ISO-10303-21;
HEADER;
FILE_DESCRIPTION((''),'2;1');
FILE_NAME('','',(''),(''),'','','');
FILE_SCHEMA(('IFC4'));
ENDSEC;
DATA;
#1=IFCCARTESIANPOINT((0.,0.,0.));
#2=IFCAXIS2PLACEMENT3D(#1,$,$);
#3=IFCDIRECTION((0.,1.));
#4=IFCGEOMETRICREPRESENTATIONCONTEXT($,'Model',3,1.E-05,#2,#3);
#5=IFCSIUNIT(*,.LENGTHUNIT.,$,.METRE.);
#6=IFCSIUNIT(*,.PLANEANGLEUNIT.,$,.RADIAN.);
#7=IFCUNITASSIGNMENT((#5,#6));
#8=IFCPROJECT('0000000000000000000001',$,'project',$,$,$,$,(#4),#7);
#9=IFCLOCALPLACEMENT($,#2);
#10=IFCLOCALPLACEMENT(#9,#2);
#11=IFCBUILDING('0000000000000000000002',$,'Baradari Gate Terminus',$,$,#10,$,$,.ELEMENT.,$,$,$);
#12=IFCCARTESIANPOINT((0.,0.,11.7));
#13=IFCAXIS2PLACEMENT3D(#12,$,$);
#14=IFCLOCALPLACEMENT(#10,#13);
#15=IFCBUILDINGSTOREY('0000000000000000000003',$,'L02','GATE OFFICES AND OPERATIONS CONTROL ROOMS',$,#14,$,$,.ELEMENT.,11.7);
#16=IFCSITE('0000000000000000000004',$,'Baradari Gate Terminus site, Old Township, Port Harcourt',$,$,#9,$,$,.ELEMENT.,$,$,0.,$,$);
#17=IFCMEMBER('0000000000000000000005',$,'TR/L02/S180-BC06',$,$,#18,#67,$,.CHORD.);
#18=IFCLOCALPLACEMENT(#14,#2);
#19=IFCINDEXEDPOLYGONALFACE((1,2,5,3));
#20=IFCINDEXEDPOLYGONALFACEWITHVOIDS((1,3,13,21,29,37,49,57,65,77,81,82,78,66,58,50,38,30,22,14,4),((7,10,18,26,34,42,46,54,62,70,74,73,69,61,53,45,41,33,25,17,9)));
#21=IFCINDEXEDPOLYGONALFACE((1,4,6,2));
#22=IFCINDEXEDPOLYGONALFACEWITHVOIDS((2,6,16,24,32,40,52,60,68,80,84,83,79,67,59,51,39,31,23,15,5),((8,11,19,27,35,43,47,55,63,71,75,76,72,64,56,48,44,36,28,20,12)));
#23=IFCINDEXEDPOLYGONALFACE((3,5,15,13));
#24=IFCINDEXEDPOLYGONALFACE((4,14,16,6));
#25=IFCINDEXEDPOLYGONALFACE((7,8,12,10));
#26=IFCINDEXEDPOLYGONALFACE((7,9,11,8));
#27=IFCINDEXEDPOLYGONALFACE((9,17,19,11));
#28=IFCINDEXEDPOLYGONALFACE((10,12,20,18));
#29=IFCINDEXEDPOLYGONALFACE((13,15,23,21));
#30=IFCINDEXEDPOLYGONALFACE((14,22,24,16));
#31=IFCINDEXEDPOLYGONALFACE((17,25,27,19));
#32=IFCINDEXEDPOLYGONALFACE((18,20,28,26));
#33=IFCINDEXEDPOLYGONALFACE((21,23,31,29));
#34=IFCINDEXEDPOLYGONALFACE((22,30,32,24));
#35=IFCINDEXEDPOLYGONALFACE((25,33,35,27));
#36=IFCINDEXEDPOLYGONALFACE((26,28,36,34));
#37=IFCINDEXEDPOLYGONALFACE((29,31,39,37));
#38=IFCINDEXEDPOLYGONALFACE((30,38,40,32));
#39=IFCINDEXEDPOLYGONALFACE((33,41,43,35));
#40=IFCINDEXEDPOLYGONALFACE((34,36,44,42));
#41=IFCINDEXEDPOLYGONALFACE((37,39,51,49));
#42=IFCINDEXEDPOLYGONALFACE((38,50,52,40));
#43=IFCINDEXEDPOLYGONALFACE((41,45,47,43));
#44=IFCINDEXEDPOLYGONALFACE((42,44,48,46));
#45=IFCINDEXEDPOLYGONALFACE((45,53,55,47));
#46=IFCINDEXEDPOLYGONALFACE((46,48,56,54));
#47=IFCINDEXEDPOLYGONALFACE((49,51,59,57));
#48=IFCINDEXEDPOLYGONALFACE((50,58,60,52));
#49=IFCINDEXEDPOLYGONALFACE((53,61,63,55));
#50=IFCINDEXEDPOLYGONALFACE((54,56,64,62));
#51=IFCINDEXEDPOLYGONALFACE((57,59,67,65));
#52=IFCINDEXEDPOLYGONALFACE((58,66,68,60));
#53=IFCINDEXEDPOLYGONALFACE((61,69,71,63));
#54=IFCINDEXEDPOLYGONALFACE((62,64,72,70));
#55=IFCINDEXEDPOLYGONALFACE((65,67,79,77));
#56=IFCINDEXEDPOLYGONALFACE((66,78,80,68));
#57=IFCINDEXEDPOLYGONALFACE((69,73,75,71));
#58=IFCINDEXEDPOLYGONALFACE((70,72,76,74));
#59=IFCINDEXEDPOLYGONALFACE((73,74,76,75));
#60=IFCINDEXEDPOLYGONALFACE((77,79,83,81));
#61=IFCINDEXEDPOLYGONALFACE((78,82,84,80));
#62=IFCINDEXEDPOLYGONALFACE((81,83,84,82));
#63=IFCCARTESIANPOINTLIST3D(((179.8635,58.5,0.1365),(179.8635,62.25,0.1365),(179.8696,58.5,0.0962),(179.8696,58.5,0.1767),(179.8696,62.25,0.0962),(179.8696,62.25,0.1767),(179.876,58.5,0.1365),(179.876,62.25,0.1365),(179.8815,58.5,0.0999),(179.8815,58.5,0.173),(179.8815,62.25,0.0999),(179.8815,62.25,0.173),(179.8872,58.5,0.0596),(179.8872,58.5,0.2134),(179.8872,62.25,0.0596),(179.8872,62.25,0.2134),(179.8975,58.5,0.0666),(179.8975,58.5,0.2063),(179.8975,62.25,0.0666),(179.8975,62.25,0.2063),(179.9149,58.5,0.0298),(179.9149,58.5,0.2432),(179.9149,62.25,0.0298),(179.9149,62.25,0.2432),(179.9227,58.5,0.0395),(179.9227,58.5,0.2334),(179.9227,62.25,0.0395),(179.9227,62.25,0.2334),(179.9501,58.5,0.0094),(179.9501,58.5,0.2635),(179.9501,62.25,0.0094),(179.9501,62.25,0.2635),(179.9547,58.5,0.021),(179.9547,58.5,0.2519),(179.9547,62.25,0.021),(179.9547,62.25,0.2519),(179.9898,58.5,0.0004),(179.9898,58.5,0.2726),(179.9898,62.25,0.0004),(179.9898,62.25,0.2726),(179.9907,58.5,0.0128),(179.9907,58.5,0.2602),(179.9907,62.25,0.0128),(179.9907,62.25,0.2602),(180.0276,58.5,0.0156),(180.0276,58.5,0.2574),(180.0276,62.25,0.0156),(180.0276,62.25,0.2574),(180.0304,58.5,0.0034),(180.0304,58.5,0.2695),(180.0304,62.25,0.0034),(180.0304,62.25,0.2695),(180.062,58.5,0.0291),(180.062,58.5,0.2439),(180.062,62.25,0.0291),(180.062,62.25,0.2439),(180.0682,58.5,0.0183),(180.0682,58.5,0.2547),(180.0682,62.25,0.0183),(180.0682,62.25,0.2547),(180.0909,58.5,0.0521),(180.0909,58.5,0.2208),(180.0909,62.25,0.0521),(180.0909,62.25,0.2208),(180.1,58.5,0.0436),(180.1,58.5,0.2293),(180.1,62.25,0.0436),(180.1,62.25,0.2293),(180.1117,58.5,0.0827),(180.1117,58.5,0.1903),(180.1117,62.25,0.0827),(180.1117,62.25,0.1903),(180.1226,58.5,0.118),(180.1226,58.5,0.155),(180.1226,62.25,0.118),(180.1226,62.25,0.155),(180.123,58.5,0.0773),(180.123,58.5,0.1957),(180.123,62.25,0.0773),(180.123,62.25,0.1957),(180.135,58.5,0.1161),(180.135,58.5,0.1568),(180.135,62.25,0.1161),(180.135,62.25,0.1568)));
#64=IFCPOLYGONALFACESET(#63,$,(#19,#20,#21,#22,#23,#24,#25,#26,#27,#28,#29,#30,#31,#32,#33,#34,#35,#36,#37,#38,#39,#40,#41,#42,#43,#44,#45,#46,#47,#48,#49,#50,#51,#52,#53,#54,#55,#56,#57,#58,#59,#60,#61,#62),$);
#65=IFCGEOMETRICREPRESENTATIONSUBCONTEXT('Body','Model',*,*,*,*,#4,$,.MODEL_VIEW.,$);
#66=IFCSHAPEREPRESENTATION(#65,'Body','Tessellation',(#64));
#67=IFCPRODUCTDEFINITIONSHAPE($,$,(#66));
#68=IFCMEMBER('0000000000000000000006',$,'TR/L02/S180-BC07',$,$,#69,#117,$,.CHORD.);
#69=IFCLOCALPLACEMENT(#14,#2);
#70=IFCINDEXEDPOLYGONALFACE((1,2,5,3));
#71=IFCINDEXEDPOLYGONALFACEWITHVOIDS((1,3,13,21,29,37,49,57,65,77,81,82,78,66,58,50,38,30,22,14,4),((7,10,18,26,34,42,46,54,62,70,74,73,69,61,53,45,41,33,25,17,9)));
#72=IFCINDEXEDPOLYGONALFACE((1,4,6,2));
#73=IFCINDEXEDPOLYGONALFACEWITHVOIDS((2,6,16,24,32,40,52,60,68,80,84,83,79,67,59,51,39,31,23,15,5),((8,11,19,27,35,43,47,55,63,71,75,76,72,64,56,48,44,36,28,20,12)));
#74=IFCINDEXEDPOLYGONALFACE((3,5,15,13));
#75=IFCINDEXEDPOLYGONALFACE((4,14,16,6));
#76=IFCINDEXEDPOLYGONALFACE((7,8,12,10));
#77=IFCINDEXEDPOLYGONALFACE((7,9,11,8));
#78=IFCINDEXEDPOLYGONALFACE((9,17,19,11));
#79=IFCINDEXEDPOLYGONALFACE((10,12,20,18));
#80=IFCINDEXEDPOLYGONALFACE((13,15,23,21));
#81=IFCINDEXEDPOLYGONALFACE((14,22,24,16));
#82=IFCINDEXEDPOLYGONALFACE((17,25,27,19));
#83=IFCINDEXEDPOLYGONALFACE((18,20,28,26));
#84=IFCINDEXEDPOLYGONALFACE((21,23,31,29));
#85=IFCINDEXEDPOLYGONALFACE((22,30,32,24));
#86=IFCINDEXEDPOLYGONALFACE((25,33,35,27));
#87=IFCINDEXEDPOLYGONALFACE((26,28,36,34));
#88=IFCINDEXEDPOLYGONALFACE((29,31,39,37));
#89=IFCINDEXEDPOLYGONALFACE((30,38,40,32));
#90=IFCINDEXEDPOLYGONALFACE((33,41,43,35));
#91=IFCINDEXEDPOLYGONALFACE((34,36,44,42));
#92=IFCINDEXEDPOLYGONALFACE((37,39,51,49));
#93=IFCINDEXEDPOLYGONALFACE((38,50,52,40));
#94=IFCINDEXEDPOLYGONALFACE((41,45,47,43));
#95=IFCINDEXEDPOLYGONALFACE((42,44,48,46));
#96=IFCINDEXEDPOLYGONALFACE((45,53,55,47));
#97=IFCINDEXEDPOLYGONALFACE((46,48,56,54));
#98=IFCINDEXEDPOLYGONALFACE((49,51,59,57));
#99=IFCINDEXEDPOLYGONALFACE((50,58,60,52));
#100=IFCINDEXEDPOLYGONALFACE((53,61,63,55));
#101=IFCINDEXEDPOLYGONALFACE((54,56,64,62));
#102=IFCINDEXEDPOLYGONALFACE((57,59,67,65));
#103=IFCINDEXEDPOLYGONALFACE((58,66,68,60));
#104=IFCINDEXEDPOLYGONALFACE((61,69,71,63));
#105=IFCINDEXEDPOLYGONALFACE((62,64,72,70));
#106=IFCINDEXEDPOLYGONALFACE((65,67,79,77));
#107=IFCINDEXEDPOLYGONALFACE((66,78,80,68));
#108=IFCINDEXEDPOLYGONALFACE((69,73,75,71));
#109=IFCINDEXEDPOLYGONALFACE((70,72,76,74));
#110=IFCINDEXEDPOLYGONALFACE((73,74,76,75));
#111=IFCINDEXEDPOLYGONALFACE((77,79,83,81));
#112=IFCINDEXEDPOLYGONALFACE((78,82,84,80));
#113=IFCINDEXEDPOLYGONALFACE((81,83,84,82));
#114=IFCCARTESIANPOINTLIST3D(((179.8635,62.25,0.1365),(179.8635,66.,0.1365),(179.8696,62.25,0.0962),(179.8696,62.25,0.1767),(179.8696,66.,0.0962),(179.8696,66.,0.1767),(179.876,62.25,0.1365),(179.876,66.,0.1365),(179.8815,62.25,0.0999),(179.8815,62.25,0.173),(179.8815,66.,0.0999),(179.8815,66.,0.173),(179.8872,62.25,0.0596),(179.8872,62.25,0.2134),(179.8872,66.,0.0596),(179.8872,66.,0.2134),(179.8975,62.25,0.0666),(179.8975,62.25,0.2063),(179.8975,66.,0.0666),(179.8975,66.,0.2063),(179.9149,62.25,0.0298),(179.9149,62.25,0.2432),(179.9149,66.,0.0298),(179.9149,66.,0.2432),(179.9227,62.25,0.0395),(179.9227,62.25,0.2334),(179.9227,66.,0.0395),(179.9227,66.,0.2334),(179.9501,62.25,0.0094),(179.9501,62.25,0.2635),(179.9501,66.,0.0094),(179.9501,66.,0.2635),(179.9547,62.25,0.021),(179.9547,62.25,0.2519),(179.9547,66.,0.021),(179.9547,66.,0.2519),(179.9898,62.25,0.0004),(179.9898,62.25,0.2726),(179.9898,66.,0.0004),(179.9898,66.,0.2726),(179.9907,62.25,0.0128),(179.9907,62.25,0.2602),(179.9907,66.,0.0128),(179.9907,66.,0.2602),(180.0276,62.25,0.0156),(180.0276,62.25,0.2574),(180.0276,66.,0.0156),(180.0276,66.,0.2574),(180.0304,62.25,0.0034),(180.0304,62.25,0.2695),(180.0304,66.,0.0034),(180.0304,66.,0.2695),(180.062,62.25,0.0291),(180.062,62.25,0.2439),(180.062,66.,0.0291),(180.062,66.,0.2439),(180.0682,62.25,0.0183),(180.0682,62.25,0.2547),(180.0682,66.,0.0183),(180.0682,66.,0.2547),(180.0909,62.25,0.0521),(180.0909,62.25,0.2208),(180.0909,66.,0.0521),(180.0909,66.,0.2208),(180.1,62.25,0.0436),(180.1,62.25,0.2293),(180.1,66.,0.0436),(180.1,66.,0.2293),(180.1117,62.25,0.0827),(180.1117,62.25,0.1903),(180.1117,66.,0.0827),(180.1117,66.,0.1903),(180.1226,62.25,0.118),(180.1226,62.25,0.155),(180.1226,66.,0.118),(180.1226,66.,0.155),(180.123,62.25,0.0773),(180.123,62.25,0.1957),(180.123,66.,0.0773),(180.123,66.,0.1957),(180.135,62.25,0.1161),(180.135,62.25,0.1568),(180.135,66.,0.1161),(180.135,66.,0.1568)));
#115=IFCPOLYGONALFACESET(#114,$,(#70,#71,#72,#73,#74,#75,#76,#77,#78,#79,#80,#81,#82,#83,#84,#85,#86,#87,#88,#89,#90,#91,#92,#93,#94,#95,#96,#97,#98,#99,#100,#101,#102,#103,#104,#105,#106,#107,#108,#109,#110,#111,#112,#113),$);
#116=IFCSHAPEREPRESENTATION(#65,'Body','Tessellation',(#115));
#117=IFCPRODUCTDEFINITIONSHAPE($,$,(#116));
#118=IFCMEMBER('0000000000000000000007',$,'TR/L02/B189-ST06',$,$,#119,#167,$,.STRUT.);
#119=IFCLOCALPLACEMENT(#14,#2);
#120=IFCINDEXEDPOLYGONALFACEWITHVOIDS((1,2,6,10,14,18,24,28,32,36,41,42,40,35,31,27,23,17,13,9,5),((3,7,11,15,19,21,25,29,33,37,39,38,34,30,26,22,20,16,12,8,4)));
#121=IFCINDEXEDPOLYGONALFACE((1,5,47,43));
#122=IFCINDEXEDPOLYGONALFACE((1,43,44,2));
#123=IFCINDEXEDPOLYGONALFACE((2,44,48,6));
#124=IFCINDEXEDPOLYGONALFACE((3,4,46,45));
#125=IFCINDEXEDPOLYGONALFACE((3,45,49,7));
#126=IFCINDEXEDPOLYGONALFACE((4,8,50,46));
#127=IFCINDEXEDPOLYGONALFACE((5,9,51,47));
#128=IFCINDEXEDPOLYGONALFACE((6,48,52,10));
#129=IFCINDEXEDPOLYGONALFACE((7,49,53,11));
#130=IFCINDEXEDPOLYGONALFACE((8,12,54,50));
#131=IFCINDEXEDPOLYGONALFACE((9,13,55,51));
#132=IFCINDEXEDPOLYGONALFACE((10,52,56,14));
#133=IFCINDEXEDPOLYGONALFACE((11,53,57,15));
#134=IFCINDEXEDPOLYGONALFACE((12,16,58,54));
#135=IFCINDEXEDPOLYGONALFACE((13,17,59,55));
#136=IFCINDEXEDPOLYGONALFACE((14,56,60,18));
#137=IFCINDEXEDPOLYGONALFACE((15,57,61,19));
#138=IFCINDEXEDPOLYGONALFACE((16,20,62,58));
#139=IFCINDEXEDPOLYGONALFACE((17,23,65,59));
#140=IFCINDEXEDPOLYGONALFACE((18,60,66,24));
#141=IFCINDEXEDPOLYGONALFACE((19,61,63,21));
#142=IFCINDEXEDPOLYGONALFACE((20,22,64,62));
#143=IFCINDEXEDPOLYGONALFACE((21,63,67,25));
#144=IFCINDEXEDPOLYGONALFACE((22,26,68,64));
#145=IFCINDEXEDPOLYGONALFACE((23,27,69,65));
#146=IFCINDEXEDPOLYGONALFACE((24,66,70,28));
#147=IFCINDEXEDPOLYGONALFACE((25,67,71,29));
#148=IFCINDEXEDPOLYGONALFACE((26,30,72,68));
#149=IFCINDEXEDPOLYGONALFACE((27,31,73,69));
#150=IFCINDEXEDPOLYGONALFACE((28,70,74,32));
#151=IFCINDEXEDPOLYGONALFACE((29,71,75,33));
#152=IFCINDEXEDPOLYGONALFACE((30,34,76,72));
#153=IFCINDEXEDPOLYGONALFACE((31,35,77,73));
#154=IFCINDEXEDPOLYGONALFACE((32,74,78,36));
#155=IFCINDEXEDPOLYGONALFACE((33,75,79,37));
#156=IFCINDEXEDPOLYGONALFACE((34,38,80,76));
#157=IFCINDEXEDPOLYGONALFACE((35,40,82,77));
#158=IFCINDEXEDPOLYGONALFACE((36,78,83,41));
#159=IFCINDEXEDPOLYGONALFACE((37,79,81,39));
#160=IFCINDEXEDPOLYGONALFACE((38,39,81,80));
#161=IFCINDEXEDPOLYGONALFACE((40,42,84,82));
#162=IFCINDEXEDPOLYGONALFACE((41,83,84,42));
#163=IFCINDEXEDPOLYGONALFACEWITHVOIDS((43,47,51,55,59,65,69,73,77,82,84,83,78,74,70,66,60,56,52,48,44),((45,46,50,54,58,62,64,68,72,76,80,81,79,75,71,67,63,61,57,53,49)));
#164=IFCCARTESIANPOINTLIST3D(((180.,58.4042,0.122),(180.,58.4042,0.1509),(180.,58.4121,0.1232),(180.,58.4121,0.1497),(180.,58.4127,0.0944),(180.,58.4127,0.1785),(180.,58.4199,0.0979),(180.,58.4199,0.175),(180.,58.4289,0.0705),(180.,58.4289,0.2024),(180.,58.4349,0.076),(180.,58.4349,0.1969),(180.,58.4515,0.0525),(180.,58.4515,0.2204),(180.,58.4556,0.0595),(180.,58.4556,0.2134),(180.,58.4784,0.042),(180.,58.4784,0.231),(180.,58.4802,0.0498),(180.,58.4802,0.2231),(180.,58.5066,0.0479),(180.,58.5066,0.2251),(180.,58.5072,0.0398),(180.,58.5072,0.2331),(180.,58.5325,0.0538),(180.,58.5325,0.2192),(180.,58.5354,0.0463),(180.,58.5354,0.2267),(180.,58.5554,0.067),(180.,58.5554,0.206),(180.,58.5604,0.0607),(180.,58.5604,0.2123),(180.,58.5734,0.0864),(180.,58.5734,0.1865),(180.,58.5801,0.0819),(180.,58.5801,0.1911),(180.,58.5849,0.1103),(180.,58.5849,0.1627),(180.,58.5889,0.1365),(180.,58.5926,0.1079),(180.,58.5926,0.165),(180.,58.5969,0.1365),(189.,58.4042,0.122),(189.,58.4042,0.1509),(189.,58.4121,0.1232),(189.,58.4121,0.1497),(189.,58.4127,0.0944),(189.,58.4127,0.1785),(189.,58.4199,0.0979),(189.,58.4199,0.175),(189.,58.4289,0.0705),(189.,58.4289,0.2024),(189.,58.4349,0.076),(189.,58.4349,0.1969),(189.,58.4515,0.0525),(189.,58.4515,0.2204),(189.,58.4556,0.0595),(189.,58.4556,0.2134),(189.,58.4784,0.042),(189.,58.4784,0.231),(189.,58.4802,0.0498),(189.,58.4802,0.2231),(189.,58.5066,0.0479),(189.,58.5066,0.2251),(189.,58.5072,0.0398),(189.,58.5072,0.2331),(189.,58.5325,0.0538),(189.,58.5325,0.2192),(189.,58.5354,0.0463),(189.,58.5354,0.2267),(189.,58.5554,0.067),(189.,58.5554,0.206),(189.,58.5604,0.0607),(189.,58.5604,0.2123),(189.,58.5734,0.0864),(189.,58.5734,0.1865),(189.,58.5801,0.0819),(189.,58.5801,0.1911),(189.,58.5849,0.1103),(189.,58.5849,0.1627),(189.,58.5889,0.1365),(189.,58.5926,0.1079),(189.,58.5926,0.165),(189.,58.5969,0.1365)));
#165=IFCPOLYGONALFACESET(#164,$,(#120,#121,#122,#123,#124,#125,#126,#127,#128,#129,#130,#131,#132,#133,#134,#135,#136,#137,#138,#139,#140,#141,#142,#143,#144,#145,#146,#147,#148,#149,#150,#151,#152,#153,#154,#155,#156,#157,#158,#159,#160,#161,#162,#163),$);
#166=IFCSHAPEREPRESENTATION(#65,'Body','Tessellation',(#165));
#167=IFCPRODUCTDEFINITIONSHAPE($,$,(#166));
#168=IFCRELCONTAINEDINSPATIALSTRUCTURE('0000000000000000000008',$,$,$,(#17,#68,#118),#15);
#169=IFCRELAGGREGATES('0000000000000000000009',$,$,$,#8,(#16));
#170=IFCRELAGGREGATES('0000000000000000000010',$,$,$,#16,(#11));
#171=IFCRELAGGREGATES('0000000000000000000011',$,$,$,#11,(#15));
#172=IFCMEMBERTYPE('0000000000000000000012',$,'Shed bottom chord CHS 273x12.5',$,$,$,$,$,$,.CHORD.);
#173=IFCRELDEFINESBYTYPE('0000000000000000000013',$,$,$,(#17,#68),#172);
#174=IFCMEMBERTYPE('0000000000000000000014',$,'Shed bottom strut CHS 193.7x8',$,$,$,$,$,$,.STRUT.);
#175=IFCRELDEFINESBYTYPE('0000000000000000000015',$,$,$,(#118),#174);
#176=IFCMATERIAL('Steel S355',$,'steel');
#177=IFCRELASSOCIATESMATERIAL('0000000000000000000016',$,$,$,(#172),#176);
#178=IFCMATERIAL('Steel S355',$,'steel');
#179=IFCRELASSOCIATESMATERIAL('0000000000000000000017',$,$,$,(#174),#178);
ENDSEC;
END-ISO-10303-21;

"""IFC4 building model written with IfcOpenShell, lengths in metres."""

from ifc_helpers import new_model, si_unit, direction, frame, origin, origin_2d, place, context, subcontext, project, spatial, hollow_circle, extrude, material, material_profile, profile_set, type_object, element, save


model = new_model("IFC4")

# Units and contexts
model_context = context("Model", 3, precision=1e-05, world=origin(), true_north=direction((0.0, 1.0)))
body_context = subcontext(model_context, "Body", "Model", "MODEL_VIEW")
ifc_project = project(units=[si_unit("LENGTHUNIT", "METRE"), si_unit("PLANEANGLEUNIT", "RADIAN")], contexts=[model_context])

# Site, building, storey
site_placement = place(None, origin())
site = spatial("IfcSite", under=ifc_project, at=site_placement, Name="Baradari Gate Terminus site, Old Township, Port Harcourt", CompositionType="ELEMENT", RefElevation=0.0)
building_placement = place(site_placement, origin())
building = spatial("IfcBuilding", under=site, at=building_placement, Name="Baradari Gate Terminus", CompositionType="ELEMENT")
storey_placement = place(building_placement, frame((0.0, 0.0, 11.7)))
storey = spatial("IfcBuildingStorey", under=building, at=storey_placement, Name="L02", Description="GATE OFFICES AND OPERATIONS CONTROL ROOMS", CompositionType="ELEMENT", Elevation=11.7)

# Members
ifc_material_1 = material(Name="Steel S355", Category="steel")
ifc_material_profile_1 = material_profile(ifc_material_1, hollow_circle(Radius=0.1365, WallThickness=0.0125, at=origin_2d()), Name="CHS 273x12.5")
ifc_profile_set_1 = profile_set([ifc_material_profile_1], Name="Steel S355")
member_type_1 = type_object("IfcMemberType", Name="Shed bottom chord CHS 273x12.5", PredefinedType="CHORD", material=ifc_profile_set_1)
for number, where, z_axis, x_axis, name in (
    (1, (180.0, 58.5, 0.1365), (0.0, 1.0, 0.0), (-1.0, 0.0, 0.0), "TR/L02/S180-BC06"),
    (2, (180.0, 62.25, 0.1365), (0.0, 1.0, 0.0), (-1.0, 0.0, 0.0), "TR/L02/S180-BC07"),
):
    element("IfcMember", number, at=place(storey_placement, frame(where, z_axis=z_axis, x_axis=x_axis)), inside=storey, type_object=member_type_1, Name=name, PredefinedType="CHORD", context=body_context, shape_type="SweptSolid", body=[
        extrude(hollow_circle(Radius=0.1365, WallThickness=0.0125, at=origin_2d()), origin(), (0.0, 0.0, 1.0), 3.75),
    ])
ifc_material_2 = material(Name="Steel S355", Category="steel")
ifc_material_profile_2 = material_profile(ifc_material_2, hollow_circle(Radius=0.0969, WallThickness=0.0081, at=origin_2d()), Name="CHS 193.7x8")
ifc_profile_set_2 = profile_set([ifc_material_profile_2], Name="Steel S355")
member_type_2 = type_object("IfcMemberType", Name="Shed bottom strut CHS 193.7x8", PredefinedType="STRUT", material=ifc_profile_set_2)
member_1_placement = place(storey_placement, frame((180.0, 58.5, 0.1365), z_axis=(1.0, 0.0, 0.0), x_axis=(0.0, 1.0, 0.0)))
element("IfcMember", 3, at=member_1_placement, inside=storey, type_object=member_type_2, Name="TR/L02/B189-ST06", PredefinedType="STRUT", context=body_context, shape_type="SweptSolid", body=[
    extrude(hollow_circle(Radius=0.0969, WallThickness=0.0081, at=origin_2d()), origin(), (0.0, 0.0, 1.0), 9.0),
])

save(model, "model.ifc")
